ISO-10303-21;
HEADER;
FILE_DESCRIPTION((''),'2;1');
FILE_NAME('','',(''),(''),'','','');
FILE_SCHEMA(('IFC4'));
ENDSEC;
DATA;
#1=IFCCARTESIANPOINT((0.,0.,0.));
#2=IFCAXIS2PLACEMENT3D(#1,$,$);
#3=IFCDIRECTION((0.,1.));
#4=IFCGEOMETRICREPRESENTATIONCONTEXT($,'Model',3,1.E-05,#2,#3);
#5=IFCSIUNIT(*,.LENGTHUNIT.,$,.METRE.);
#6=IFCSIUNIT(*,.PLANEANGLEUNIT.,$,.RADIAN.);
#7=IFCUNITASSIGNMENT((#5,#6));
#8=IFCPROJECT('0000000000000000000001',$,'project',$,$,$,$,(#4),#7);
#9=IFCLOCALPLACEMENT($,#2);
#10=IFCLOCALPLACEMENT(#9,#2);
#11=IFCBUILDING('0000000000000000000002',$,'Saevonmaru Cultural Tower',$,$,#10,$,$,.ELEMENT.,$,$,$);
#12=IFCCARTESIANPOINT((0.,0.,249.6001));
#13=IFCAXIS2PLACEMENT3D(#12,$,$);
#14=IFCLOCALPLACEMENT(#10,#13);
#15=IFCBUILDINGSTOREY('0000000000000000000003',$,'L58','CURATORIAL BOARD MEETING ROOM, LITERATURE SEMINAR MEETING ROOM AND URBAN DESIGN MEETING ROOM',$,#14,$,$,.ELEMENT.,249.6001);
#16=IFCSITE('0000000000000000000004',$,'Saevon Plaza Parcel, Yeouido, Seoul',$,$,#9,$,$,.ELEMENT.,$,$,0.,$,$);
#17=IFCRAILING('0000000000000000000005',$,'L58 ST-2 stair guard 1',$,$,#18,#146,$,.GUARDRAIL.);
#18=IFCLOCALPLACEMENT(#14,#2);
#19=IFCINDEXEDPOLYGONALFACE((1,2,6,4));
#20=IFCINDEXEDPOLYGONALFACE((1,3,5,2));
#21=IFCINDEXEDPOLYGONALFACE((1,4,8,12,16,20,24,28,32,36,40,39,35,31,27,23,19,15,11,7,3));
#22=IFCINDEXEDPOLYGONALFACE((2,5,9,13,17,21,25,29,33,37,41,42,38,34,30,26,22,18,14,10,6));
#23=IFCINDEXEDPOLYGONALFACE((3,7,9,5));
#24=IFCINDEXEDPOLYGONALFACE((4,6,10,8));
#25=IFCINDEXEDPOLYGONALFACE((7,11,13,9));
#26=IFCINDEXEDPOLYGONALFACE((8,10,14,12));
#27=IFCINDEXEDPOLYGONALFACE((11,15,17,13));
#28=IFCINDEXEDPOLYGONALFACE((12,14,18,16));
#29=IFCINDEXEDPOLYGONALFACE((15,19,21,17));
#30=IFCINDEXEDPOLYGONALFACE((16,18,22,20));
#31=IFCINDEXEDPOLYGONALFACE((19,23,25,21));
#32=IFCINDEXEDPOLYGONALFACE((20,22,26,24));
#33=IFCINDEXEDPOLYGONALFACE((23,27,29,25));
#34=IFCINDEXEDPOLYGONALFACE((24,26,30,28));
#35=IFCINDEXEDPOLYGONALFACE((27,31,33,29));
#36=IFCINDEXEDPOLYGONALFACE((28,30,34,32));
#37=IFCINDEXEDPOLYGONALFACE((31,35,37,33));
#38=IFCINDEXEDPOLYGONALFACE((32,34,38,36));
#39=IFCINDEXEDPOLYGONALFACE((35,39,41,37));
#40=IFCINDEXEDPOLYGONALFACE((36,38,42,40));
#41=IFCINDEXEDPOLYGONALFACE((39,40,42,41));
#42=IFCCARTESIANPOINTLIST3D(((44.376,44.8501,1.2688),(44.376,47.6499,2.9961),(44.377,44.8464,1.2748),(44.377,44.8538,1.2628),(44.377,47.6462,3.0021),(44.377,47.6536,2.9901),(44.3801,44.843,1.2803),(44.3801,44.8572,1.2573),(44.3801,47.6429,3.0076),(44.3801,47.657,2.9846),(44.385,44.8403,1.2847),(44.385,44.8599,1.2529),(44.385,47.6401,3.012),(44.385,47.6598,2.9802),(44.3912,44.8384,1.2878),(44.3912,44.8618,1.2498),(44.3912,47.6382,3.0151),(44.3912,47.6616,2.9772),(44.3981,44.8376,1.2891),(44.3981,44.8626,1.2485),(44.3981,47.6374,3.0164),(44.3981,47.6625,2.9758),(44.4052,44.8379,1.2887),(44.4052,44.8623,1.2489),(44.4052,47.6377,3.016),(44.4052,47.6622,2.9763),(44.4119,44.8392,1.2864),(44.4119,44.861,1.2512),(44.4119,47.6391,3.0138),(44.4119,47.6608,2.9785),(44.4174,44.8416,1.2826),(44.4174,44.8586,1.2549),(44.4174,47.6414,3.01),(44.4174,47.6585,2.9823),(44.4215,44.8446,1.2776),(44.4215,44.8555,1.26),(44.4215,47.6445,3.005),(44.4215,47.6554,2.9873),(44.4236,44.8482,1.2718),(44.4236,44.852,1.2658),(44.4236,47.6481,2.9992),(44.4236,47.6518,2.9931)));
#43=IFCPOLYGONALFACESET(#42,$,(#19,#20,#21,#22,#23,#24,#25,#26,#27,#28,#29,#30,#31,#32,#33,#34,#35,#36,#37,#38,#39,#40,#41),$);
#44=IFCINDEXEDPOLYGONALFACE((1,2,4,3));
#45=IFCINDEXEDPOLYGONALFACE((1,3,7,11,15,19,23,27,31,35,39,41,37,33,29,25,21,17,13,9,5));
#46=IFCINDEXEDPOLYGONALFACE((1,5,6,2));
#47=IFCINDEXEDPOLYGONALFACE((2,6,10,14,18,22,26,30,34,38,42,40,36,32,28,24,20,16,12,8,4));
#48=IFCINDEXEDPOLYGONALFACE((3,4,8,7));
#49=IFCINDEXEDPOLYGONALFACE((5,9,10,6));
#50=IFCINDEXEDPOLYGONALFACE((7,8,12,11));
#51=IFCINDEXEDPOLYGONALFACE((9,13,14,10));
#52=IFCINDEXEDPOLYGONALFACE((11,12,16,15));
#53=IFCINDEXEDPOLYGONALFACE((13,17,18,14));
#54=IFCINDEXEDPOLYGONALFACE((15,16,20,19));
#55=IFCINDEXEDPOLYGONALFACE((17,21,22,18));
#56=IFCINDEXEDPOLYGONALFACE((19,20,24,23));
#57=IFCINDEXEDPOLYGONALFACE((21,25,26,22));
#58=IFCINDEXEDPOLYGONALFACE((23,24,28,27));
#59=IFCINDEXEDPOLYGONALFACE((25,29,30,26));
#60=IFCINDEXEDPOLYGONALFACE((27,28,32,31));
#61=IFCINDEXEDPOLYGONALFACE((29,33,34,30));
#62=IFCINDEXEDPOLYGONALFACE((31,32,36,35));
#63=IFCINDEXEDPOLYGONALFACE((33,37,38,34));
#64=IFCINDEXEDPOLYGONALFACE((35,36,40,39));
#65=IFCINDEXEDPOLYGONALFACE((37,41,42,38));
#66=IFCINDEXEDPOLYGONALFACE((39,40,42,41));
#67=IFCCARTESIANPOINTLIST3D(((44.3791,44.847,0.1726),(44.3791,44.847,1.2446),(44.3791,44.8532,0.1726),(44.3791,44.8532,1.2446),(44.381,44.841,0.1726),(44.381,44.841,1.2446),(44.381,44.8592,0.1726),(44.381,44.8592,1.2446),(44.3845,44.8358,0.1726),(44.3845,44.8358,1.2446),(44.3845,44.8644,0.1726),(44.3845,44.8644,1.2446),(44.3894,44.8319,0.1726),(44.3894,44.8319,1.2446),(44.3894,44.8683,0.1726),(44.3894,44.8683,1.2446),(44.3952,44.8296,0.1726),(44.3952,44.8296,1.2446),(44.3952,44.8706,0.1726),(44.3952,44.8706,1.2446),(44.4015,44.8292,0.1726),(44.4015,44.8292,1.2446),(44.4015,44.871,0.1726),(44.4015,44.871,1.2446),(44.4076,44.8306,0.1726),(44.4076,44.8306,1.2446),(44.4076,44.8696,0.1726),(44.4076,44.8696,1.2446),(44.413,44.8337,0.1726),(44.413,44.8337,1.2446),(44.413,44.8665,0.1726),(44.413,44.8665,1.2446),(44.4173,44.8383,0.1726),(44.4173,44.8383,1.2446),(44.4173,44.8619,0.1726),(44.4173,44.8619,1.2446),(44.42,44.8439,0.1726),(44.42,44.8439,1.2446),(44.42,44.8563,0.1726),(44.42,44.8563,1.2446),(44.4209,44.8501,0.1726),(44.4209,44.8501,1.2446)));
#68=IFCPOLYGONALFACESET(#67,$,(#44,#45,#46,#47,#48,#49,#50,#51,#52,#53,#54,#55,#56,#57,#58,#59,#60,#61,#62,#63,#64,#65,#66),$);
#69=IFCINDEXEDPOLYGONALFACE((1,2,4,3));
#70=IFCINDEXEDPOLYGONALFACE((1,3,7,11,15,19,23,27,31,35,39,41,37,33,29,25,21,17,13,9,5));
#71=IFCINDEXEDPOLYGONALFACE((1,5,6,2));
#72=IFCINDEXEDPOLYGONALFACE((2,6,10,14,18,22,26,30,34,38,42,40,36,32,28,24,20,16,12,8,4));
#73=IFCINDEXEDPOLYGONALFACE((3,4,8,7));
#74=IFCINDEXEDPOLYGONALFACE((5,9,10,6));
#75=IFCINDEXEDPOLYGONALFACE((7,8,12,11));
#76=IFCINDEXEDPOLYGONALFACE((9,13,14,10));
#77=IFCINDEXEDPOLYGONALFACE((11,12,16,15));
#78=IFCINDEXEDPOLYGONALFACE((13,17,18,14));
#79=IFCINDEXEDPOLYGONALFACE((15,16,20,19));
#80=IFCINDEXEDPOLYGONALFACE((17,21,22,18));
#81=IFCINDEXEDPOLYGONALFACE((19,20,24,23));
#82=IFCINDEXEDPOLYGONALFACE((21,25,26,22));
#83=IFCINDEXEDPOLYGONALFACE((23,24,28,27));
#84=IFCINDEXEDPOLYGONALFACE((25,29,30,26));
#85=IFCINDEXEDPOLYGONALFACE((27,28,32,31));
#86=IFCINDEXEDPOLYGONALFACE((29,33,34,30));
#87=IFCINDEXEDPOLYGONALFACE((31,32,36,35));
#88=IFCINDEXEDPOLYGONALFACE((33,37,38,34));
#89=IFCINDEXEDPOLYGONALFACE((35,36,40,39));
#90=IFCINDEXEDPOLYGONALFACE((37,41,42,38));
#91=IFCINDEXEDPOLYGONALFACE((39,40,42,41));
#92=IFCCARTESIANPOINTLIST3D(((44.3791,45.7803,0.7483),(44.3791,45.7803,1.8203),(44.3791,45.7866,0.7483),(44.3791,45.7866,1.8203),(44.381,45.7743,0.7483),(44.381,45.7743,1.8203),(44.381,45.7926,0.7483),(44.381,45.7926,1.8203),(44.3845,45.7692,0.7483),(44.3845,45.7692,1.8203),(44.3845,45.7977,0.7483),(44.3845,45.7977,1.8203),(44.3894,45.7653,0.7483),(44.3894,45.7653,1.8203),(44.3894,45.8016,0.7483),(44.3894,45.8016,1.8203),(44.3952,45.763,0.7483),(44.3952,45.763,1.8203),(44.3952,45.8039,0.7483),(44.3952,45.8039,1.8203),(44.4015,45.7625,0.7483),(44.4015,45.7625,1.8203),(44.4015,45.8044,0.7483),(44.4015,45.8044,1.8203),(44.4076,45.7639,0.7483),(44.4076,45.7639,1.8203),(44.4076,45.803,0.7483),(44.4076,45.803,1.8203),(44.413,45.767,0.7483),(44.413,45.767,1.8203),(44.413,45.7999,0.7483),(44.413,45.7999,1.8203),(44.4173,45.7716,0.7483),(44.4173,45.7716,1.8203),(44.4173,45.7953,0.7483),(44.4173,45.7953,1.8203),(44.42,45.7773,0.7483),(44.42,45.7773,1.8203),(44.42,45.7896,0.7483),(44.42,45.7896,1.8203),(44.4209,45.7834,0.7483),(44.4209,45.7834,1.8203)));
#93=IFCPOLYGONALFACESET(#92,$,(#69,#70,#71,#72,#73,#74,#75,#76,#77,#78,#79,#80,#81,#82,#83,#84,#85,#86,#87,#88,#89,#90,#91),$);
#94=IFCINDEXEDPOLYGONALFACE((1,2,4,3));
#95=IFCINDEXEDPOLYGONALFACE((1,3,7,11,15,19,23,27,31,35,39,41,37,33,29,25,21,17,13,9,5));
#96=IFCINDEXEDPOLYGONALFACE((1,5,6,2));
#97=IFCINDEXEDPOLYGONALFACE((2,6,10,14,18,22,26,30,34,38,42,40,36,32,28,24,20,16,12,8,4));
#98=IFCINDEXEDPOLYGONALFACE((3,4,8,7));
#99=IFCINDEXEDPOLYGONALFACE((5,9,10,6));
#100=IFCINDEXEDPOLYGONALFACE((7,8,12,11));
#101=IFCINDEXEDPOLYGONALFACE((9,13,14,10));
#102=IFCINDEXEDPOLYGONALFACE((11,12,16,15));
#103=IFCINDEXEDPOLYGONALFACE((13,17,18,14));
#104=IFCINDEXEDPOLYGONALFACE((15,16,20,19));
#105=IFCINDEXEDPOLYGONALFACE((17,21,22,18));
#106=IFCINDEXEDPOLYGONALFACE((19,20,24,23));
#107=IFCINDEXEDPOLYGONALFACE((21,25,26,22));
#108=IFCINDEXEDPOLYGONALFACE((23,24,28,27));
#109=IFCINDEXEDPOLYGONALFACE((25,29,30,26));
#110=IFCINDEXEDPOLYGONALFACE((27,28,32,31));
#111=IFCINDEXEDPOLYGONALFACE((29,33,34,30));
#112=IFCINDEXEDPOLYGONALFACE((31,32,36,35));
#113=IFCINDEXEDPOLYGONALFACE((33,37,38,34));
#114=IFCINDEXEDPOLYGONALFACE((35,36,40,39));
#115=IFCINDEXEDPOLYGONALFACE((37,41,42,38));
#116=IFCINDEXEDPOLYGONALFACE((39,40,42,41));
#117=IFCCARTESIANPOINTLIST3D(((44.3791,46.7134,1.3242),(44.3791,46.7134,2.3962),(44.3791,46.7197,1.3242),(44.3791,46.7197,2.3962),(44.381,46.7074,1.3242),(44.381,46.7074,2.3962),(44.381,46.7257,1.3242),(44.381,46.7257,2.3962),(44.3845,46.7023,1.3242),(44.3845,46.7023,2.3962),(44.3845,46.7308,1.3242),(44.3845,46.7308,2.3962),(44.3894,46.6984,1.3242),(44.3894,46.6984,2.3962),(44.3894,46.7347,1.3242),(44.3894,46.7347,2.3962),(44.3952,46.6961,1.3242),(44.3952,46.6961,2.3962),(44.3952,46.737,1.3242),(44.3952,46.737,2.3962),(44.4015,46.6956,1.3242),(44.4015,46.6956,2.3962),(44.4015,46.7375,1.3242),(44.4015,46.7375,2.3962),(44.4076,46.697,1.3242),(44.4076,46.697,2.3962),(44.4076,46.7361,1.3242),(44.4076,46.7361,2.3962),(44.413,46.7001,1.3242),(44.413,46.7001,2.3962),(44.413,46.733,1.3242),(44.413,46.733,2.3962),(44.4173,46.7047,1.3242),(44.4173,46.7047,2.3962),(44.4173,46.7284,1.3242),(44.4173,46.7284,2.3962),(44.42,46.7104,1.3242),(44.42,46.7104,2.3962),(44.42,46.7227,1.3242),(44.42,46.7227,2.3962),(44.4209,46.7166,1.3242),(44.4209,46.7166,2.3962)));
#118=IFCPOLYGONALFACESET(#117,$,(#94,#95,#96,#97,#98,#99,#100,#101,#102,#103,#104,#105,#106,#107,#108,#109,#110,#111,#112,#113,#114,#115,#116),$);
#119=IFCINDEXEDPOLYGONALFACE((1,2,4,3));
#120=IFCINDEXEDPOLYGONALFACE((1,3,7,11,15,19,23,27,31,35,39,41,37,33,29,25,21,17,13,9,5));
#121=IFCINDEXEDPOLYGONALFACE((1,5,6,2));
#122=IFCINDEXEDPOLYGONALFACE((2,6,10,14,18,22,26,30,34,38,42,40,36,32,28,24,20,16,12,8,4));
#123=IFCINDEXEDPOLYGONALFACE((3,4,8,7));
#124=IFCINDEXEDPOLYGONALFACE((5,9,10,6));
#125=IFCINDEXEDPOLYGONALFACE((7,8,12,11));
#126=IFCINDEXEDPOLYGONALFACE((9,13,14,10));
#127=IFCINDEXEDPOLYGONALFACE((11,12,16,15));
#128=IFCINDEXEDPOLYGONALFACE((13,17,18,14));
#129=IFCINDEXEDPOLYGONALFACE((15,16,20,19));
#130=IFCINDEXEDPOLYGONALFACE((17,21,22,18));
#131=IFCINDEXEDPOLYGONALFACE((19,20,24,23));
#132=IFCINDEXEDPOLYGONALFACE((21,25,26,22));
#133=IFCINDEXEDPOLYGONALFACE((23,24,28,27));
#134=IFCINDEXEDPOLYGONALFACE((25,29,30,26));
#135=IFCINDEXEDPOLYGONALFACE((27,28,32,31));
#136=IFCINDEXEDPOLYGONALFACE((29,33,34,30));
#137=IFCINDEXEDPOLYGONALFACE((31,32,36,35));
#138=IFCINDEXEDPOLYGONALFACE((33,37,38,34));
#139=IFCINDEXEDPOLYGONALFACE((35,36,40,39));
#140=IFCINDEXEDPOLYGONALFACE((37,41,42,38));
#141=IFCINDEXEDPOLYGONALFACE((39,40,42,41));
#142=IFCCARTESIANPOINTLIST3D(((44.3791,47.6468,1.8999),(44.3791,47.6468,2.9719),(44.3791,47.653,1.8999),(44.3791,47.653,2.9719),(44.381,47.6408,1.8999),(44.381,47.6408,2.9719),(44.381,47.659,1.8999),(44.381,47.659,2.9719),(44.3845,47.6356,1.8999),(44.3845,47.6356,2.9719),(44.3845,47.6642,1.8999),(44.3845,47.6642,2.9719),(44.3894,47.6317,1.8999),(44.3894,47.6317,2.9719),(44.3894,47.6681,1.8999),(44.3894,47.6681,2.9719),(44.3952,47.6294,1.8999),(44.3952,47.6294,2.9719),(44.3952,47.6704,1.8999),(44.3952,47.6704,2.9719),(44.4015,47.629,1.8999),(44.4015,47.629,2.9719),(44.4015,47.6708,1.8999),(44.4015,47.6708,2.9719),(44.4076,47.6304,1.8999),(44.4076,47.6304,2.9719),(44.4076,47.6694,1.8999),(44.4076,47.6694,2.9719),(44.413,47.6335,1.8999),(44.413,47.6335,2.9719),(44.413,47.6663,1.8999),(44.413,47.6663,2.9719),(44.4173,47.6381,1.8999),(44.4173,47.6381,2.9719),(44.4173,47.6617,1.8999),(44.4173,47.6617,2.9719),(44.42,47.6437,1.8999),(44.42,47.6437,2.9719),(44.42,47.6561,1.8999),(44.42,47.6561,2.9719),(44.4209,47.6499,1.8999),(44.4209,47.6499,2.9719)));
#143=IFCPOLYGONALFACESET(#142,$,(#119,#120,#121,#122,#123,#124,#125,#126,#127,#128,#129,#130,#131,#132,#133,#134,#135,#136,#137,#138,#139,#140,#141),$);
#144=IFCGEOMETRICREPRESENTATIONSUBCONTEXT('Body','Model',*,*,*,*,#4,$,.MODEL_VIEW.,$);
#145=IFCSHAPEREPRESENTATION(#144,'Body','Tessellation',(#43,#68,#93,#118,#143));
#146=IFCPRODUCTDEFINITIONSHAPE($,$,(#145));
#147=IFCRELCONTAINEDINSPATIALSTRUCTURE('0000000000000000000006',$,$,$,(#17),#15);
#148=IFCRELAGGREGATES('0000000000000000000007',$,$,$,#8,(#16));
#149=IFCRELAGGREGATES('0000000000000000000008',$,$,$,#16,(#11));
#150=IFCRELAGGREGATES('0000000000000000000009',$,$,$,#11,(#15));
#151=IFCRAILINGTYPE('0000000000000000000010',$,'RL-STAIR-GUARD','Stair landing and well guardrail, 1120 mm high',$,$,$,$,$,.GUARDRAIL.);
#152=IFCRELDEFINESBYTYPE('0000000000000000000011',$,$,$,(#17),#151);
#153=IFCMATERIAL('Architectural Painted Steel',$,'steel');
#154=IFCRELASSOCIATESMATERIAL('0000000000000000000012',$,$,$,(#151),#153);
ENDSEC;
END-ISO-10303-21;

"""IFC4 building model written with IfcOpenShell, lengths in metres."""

from ifc_helpers import new_model, si_unit, direction, frame, origin, origin_2d, place, context, subcontext, project, spatial, circle, extrude, material, type_object, element, save


model = new_model("IFC4")

# Units and contexts
model_context = context("Model", 3, precision=1e-05, world=origin(), true_north=direction((0.0, 1.0)))
body_context = subcontext(model_context, "Body", "Model", "MODEL_VIEW")
ifc_project = project(units=[si_unit("LENGTHUNIT", "METRE"), si_unit("PLANEANGLEUNIT", "RADIAN")], contexts=[model_context])

# Site, building, storey
site_placement = place(None, origin())
site = spatial("IfcSite", under=ifc_project, at=site_placement, Name="Saevon Plaza Parcel, Yeouido, Seoul", CompositionType="ELEMENT", RefElevation=0.0)
building_placement = place(site_placement, origin())
building = spatial("IfcBuilding", under=site, at=building_placement, Name="Saevonmaru Cultural Tower", CompositionType="ELEMENT")
storey_placement = place(building_placement, frame((0.0, 0.0, 249.6001)))
storey = spatial("IfcBuildingStorey", under=building, at=storey_placement, Name="L58", Description="CURATORIAL BOARD MEETING ROOM, LITERATURE SEMINAR MEETING ROOM AND URBAN DESIGN MEETING ROOM", CompositionType="ELEMENT", Elevation=249.6001)

# Railing
ifc_material_1 = material(Name="Architectural Painted Steel", Category="steel")
railing_type_1 = type_object("IfcRailingType", Name="RL-STAIR-GUARD", Description="Stair landing and well guardrail, 1120 mm high", PredefinedType="GUARDRAIL", material=ifc_material_1)
railing_1_placement = place(storey_placement, frame((44.3999, 44.8501, 0.1726)))
element("IfcRailing", 1, at=railing_1_placement, inside=storey, type_object=railing_type_1, Name="L58 ST-2 stair guard 1", PredefinedType="GUARDRAIL", context=body_context, shape_type="SweptSolid", body=[
    extrude(circle(Radius=0.0239, at=origin_2d()), frame((0.0, 0.0, 1.0962), z_axis=(0.0, 0.851069, 0.525054), x_axis=(-1.0, 0.0, 0.0)), (0.0, 0.0, 1.0), 3.2898),
    extrude(circle(Radius=0.021, at=origin_2d()), origin(), (0.0, 0.0, 1.0), 1.072),
    extrude(circle(Radius=0.021, at=origin_2d()), frame((0.0, 0.9333, 0.5757)), (0.0, 0.0, 1.0), 1.072),
    extrude(circle(Radius=0.021, at=origin_2d()), frame((0.0, 1.8665, 1.1516)), (0.0, 0.0, 1.0), 1.072),
    extrude(circle(Radius=0.021, at=origin_2d()), frame((0.0, 2.7998, 1.7273)), (0.0, 0.0, 1.0), 1.072),
])

save(model, "model.ifc")
